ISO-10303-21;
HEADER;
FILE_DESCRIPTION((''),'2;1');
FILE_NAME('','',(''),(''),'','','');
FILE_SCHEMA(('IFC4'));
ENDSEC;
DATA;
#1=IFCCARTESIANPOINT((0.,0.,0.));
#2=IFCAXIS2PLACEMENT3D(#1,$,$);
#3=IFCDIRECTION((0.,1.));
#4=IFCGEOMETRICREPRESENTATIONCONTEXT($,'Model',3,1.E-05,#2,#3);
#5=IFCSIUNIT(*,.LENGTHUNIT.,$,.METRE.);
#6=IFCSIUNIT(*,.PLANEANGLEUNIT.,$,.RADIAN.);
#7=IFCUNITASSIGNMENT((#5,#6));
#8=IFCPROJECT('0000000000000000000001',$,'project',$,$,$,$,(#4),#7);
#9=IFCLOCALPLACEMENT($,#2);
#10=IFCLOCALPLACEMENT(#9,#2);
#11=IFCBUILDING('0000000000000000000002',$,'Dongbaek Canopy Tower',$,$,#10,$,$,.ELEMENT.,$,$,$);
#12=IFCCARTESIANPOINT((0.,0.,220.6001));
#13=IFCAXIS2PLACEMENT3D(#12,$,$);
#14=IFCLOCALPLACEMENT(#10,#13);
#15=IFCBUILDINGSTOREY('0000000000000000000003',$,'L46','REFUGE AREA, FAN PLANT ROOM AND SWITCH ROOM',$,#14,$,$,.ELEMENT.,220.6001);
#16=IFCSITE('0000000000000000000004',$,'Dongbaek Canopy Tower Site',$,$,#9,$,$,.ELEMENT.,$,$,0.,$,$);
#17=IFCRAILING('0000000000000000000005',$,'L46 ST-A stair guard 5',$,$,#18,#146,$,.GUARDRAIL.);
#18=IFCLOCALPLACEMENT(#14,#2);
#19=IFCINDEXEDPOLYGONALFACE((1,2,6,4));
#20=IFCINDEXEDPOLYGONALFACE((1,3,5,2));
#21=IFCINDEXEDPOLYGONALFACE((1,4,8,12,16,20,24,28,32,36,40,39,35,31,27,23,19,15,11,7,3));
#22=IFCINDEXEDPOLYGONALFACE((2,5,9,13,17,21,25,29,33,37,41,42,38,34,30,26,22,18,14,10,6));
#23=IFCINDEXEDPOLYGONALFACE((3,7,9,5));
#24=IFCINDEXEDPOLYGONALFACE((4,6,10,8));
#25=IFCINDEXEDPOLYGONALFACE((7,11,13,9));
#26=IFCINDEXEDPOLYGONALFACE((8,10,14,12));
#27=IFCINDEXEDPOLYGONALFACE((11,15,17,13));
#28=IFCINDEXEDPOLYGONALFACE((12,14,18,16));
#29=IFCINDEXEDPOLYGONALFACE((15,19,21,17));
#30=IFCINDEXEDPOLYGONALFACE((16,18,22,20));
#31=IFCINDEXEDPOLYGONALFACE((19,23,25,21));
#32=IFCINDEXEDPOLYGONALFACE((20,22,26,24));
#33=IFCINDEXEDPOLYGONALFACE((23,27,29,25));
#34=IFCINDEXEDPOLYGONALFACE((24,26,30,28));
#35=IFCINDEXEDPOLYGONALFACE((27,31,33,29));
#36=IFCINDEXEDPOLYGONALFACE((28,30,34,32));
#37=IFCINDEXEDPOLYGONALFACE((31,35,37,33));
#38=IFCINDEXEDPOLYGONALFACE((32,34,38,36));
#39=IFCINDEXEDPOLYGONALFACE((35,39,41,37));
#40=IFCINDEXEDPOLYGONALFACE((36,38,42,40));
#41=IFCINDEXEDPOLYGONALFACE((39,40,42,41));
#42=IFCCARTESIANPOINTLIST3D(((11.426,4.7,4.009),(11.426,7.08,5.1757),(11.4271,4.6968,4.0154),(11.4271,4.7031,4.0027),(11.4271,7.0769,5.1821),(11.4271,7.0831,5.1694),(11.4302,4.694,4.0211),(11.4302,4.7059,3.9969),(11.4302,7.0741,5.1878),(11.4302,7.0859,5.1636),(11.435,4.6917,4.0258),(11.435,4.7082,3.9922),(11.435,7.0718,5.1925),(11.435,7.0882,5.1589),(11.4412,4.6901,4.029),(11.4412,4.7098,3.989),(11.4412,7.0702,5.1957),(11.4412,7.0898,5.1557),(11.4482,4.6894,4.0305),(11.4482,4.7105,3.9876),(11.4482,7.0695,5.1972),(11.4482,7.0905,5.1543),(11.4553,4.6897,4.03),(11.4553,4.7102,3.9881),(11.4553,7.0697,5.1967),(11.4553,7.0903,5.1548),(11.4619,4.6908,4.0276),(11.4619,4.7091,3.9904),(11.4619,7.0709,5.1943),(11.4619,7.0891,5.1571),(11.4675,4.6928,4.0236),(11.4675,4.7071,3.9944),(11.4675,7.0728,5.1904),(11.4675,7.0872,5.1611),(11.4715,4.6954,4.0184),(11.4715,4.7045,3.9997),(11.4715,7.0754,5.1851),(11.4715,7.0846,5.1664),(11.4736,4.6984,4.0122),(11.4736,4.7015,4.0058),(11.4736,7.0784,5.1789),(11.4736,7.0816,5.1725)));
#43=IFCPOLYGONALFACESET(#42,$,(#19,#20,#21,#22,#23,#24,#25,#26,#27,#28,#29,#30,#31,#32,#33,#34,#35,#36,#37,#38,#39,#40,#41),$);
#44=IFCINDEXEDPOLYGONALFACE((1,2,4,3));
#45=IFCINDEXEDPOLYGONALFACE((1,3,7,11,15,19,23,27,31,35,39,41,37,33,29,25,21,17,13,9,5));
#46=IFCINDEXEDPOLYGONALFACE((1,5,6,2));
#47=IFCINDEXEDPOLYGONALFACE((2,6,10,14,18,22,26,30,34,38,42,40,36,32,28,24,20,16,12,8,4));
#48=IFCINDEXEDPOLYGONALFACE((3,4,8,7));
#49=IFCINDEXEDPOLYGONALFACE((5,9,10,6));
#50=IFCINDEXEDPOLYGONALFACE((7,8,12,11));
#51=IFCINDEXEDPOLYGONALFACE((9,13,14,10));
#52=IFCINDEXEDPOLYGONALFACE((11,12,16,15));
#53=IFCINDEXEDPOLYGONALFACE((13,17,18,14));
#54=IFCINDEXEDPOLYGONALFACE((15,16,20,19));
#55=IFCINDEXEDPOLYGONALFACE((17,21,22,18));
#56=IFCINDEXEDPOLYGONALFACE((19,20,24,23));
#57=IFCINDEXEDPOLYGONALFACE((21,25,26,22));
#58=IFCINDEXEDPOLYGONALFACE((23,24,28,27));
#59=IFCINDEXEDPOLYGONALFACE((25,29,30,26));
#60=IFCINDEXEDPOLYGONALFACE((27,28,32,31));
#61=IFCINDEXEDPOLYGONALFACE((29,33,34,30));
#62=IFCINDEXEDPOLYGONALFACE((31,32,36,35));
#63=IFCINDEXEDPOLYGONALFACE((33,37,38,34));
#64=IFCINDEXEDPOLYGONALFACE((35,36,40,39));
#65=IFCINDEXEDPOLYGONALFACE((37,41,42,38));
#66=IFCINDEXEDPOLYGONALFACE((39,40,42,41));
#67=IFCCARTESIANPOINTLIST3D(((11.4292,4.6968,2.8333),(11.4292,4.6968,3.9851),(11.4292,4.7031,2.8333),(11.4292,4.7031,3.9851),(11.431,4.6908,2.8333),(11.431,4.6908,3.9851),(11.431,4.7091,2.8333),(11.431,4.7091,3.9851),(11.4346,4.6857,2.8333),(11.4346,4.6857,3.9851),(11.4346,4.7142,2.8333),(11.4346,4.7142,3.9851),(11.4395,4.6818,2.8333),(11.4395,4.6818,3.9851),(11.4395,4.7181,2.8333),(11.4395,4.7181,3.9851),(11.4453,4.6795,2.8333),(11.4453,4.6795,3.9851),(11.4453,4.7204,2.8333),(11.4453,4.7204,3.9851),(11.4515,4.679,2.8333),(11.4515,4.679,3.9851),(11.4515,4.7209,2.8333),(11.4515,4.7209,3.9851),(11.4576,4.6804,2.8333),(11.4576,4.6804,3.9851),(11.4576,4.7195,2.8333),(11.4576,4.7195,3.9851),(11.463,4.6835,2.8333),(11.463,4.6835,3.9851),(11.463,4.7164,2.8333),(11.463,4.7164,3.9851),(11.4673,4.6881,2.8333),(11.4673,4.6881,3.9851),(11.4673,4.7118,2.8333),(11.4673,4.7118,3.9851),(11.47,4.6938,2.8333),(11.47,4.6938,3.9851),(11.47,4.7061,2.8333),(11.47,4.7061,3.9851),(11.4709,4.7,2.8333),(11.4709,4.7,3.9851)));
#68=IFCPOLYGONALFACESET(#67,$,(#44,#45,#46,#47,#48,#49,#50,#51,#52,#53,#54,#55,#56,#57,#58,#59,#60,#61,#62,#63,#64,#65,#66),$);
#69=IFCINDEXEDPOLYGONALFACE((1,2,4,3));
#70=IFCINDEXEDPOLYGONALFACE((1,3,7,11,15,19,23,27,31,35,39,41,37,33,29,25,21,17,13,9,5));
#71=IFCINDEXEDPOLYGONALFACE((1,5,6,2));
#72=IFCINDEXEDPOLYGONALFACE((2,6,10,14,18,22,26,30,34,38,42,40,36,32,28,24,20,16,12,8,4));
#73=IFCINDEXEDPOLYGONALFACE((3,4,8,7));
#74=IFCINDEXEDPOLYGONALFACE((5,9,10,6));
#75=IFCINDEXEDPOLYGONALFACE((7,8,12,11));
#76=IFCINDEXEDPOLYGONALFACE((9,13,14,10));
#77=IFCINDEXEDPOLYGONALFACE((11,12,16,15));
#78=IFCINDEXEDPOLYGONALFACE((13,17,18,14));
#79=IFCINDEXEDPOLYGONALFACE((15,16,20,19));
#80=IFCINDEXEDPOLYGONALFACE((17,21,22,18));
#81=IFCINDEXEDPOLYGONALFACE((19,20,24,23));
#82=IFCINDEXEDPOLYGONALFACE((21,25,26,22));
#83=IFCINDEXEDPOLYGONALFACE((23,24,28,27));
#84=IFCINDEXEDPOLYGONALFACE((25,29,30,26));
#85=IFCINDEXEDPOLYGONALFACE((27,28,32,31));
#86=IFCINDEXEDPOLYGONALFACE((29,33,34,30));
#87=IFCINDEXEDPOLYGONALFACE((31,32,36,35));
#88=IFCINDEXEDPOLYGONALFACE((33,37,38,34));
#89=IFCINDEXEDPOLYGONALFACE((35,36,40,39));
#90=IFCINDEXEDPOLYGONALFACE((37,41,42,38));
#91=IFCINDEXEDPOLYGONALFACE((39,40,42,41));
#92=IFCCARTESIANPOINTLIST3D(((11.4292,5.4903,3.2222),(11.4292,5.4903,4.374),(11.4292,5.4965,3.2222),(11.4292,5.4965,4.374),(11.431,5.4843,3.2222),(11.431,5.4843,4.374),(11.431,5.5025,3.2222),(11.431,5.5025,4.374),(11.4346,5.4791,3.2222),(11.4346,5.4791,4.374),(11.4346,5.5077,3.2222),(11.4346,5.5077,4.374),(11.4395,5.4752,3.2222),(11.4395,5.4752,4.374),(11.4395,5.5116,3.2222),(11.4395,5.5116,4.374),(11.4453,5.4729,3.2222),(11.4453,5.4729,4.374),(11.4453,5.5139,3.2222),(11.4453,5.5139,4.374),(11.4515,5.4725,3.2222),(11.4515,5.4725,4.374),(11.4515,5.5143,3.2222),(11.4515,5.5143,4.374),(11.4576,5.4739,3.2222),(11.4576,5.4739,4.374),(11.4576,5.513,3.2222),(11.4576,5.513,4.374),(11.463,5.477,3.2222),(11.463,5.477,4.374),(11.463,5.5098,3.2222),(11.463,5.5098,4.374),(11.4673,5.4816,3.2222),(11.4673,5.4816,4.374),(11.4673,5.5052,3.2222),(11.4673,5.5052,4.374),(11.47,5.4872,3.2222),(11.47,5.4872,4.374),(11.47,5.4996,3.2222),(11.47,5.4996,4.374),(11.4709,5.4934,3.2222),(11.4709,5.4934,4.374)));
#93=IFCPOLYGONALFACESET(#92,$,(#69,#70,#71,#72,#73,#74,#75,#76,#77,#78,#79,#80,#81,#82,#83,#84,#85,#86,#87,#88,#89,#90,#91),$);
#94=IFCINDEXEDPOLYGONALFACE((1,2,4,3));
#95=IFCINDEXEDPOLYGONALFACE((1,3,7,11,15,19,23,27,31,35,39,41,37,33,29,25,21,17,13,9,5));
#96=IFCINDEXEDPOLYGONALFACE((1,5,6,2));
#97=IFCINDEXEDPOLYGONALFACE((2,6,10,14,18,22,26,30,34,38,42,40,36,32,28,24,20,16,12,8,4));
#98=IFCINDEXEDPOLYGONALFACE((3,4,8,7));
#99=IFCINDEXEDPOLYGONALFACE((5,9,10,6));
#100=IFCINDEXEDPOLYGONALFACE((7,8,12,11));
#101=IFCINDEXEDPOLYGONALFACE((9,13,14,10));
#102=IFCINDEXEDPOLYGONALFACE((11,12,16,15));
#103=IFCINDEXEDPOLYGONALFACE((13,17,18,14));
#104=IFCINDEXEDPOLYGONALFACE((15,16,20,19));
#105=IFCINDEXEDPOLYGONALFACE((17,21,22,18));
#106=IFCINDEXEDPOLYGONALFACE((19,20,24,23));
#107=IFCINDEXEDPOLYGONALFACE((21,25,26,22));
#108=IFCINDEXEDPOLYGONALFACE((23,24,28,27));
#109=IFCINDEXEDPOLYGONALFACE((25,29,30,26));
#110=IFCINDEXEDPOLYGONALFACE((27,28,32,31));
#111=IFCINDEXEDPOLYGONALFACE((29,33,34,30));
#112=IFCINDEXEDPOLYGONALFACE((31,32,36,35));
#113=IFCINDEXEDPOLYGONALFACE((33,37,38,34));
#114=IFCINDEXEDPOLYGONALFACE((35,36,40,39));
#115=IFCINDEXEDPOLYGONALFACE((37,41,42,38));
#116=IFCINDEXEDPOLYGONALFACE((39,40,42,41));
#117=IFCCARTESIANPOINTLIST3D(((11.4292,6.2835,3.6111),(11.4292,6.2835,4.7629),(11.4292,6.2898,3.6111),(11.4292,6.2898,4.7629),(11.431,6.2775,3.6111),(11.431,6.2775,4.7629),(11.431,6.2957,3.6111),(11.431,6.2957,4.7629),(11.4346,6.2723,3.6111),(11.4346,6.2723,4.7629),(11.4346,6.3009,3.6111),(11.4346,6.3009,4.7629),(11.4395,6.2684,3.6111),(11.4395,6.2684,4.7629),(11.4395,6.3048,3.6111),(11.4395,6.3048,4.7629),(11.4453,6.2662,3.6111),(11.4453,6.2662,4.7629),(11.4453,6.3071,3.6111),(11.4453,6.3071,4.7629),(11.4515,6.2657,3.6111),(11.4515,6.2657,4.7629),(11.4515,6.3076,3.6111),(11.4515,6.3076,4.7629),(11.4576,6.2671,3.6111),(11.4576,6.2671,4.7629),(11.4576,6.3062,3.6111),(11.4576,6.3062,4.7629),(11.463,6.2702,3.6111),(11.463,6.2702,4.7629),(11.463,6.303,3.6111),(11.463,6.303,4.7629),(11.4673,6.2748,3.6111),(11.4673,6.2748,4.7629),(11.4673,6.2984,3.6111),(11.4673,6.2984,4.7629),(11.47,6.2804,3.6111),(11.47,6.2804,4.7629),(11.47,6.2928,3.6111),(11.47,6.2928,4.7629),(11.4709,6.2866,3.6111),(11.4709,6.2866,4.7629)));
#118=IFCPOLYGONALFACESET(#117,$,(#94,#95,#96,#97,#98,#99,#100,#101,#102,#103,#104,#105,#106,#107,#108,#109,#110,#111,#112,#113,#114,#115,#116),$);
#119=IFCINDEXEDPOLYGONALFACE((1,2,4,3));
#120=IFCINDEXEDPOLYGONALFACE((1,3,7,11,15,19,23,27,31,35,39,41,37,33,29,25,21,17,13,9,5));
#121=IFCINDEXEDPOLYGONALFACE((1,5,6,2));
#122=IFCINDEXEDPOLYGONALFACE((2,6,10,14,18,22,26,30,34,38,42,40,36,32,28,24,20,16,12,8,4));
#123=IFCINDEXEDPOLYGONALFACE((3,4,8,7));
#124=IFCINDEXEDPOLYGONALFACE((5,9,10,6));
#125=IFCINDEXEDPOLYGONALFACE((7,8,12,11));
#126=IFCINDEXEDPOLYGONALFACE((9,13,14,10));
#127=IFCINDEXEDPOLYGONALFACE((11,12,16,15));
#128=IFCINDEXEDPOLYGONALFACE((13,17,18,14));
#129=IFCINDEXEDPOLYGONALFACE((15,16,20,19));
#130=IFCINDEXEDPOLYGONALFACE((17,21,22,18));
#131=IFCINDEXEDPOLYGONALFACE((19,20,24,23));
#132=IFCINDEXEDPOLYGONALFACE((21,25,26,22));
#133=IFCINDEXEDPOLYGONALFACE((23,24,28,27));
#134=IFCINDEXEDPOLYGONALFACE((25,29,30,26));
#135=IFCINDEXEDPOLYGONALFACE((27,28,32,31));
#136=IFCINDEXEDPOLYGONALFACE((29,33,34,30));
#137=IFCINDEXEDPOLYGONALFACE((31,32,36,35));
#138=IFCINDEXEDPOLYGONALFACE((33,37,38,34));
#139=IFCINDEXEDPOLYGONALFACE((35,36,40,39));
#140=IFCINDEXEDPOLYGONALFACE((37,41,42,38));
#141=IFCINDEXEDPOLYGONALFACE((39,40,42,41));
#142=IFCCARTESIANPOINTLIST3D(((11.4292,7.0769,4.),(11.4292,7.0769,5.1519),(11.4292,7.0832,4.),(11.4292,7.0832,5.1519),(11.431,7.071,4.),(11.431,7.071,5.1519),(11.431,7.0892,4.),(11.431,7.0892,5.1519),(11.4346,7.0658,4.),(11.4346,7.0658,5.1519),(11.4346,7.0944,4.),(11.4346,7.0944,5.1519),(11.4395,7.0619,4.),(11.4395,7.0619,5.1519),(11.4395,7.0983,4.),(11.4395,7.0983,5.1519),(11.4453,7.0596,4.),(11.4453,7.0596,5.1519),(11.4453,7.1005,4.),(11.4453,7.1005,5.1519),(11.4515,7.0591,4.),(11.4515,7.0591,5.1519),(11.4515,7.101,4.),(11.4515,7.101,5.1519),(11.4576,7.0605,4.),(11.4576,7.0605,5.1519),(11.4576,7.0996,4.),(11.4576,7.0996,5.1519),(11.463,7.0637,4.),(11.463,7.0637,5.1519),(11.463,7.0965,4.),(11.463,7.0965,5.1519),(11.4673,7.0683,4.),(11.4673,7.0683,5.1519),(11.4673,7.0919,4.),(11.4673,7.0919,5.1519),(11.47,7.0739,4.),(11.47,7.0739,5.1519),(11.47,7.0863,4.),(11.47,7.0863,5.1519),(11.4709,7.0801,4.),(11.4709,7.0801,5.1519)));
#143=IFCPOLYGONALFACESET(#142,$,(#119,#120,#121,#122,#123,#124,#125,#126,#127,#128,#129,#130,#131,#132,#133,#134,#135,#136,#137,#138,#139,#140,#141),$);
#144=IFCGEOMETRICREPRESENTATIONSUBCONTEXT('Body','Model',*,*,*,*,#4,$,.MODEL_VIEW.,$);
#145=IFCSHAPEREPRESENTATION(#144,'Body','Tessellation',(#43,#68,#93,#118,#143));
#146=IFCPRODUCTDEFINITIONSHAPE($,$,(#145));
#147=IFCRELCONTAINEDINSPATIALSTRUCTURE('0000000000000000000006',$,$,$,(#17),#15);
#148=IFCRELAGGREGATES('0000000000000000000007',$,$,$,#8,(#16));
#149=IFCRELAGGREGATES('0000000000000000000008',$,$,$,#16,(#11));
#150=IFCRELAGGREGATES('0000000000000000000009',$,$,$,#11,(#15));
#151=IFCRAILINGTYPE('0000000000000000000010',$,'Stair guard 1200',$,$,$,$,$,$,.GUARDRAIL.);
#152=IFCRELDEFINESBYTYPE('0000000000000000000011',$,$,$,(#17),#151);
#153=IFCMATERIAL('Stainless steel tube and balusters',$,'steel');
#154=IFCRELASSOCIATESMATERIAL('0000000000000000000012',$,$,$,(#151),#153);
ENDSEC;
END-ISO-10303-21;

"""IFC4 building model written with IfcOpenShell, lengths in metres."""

from ifc_helpers import new_model, si_unit, direction, frame, origin, origin_2d, place, context, subcontext, project, spatial, circle, extrude, material, type_object, element, save


model = new_model("IFC4")

# Units and contexts
model_context = context("Model", 3, precision=1e-05, world=origin(), true_north=direction((0.0, 1.0)))
body_context = subcontext(model_context, "Body", "Model", "MODEL_VIEW")
ifc_project = project(units=[si_unit("LENGTHUNIT", "METRE"), si_unit("PLANEANGLEUNIT", "RADIAN")], contexts=[model_context])

# Site, building, storey
site_placement = place(None, origin())
site = spatial("IfcSite", under=ifc_project, at=site_placement, Name="Dongbaek Canopy Tower Site", CompositionType="ELEMENT", RefElevation=0.0)
building_placement = place(site_placement, origin())
building = spatial("IfcBuilding", under=site, at=building_placement, Name="Dongbaek Canopy Tower", CompositionType="ELEMENT")
storey_placement = place(building_placement, frame((0.0, 0.0, 220.6001)))
storey = spatial("IfcBuildingStorey", under=building, at=storey_placement, Name="L46", Description="REFUGE AREA, FAN PLANT ROOM AND SWITCH ROOM", CompositionType="ELEMENT", Elevation=220.6001)

# Railing
ifc_material_1 = material(Name="Stainless steel tube and balusters", Category="steel")
railing_type_1 = type_object("IfcRailingType", Name="Stair guard 1200", PredefinedType="GUARDRAIL", material=ifc_material_1)
railing_1_placement = place(storey_placement, frame((11.45, 4.7, 2.8333)))
element("IfcRailing", 1, at=railing_1_placement, inside=storey, type_object=railing_type_1, Name="L46 ST-A stair guard 5", PredefinedType="GUARDRAIL", context=body_context, shape_type="SweptSolid", body=[
    extrude(circle(Radius=0.0239, at=origin_2d()), frame((0.0, 0.0, 1.1758), z_axis=(0.0, 0.897918, 0.440163), x_axis=(-1.0, 0.0, 0.0)), (0.0, 0.0, 1.0), 2.6506),
    extrude(circle(Radius=0.021, at=origin_2d()), origin(), (0.0, 0.0, 1.0), 1.1519),
    extrude(circle(Radius=0.021, at=origin_2d()), frame((0.0, 0.7935, 0.3889)), (0.0, 0.0, 1.0), 1.1519),
    extrude(circle(Radius=0.021, at=origin_2d()), frame((0.0, 1.5867, 0.7778)), (0.0, 0.0, 1.0), 1.1519),
    extrude(circle(Radius=0.021, at=origin_2d()), frame((0.0, 2.3801, 1.1667)), (0.0, 0.0, 1.0), 1.1519),
])

save(model, "model.ifc")
